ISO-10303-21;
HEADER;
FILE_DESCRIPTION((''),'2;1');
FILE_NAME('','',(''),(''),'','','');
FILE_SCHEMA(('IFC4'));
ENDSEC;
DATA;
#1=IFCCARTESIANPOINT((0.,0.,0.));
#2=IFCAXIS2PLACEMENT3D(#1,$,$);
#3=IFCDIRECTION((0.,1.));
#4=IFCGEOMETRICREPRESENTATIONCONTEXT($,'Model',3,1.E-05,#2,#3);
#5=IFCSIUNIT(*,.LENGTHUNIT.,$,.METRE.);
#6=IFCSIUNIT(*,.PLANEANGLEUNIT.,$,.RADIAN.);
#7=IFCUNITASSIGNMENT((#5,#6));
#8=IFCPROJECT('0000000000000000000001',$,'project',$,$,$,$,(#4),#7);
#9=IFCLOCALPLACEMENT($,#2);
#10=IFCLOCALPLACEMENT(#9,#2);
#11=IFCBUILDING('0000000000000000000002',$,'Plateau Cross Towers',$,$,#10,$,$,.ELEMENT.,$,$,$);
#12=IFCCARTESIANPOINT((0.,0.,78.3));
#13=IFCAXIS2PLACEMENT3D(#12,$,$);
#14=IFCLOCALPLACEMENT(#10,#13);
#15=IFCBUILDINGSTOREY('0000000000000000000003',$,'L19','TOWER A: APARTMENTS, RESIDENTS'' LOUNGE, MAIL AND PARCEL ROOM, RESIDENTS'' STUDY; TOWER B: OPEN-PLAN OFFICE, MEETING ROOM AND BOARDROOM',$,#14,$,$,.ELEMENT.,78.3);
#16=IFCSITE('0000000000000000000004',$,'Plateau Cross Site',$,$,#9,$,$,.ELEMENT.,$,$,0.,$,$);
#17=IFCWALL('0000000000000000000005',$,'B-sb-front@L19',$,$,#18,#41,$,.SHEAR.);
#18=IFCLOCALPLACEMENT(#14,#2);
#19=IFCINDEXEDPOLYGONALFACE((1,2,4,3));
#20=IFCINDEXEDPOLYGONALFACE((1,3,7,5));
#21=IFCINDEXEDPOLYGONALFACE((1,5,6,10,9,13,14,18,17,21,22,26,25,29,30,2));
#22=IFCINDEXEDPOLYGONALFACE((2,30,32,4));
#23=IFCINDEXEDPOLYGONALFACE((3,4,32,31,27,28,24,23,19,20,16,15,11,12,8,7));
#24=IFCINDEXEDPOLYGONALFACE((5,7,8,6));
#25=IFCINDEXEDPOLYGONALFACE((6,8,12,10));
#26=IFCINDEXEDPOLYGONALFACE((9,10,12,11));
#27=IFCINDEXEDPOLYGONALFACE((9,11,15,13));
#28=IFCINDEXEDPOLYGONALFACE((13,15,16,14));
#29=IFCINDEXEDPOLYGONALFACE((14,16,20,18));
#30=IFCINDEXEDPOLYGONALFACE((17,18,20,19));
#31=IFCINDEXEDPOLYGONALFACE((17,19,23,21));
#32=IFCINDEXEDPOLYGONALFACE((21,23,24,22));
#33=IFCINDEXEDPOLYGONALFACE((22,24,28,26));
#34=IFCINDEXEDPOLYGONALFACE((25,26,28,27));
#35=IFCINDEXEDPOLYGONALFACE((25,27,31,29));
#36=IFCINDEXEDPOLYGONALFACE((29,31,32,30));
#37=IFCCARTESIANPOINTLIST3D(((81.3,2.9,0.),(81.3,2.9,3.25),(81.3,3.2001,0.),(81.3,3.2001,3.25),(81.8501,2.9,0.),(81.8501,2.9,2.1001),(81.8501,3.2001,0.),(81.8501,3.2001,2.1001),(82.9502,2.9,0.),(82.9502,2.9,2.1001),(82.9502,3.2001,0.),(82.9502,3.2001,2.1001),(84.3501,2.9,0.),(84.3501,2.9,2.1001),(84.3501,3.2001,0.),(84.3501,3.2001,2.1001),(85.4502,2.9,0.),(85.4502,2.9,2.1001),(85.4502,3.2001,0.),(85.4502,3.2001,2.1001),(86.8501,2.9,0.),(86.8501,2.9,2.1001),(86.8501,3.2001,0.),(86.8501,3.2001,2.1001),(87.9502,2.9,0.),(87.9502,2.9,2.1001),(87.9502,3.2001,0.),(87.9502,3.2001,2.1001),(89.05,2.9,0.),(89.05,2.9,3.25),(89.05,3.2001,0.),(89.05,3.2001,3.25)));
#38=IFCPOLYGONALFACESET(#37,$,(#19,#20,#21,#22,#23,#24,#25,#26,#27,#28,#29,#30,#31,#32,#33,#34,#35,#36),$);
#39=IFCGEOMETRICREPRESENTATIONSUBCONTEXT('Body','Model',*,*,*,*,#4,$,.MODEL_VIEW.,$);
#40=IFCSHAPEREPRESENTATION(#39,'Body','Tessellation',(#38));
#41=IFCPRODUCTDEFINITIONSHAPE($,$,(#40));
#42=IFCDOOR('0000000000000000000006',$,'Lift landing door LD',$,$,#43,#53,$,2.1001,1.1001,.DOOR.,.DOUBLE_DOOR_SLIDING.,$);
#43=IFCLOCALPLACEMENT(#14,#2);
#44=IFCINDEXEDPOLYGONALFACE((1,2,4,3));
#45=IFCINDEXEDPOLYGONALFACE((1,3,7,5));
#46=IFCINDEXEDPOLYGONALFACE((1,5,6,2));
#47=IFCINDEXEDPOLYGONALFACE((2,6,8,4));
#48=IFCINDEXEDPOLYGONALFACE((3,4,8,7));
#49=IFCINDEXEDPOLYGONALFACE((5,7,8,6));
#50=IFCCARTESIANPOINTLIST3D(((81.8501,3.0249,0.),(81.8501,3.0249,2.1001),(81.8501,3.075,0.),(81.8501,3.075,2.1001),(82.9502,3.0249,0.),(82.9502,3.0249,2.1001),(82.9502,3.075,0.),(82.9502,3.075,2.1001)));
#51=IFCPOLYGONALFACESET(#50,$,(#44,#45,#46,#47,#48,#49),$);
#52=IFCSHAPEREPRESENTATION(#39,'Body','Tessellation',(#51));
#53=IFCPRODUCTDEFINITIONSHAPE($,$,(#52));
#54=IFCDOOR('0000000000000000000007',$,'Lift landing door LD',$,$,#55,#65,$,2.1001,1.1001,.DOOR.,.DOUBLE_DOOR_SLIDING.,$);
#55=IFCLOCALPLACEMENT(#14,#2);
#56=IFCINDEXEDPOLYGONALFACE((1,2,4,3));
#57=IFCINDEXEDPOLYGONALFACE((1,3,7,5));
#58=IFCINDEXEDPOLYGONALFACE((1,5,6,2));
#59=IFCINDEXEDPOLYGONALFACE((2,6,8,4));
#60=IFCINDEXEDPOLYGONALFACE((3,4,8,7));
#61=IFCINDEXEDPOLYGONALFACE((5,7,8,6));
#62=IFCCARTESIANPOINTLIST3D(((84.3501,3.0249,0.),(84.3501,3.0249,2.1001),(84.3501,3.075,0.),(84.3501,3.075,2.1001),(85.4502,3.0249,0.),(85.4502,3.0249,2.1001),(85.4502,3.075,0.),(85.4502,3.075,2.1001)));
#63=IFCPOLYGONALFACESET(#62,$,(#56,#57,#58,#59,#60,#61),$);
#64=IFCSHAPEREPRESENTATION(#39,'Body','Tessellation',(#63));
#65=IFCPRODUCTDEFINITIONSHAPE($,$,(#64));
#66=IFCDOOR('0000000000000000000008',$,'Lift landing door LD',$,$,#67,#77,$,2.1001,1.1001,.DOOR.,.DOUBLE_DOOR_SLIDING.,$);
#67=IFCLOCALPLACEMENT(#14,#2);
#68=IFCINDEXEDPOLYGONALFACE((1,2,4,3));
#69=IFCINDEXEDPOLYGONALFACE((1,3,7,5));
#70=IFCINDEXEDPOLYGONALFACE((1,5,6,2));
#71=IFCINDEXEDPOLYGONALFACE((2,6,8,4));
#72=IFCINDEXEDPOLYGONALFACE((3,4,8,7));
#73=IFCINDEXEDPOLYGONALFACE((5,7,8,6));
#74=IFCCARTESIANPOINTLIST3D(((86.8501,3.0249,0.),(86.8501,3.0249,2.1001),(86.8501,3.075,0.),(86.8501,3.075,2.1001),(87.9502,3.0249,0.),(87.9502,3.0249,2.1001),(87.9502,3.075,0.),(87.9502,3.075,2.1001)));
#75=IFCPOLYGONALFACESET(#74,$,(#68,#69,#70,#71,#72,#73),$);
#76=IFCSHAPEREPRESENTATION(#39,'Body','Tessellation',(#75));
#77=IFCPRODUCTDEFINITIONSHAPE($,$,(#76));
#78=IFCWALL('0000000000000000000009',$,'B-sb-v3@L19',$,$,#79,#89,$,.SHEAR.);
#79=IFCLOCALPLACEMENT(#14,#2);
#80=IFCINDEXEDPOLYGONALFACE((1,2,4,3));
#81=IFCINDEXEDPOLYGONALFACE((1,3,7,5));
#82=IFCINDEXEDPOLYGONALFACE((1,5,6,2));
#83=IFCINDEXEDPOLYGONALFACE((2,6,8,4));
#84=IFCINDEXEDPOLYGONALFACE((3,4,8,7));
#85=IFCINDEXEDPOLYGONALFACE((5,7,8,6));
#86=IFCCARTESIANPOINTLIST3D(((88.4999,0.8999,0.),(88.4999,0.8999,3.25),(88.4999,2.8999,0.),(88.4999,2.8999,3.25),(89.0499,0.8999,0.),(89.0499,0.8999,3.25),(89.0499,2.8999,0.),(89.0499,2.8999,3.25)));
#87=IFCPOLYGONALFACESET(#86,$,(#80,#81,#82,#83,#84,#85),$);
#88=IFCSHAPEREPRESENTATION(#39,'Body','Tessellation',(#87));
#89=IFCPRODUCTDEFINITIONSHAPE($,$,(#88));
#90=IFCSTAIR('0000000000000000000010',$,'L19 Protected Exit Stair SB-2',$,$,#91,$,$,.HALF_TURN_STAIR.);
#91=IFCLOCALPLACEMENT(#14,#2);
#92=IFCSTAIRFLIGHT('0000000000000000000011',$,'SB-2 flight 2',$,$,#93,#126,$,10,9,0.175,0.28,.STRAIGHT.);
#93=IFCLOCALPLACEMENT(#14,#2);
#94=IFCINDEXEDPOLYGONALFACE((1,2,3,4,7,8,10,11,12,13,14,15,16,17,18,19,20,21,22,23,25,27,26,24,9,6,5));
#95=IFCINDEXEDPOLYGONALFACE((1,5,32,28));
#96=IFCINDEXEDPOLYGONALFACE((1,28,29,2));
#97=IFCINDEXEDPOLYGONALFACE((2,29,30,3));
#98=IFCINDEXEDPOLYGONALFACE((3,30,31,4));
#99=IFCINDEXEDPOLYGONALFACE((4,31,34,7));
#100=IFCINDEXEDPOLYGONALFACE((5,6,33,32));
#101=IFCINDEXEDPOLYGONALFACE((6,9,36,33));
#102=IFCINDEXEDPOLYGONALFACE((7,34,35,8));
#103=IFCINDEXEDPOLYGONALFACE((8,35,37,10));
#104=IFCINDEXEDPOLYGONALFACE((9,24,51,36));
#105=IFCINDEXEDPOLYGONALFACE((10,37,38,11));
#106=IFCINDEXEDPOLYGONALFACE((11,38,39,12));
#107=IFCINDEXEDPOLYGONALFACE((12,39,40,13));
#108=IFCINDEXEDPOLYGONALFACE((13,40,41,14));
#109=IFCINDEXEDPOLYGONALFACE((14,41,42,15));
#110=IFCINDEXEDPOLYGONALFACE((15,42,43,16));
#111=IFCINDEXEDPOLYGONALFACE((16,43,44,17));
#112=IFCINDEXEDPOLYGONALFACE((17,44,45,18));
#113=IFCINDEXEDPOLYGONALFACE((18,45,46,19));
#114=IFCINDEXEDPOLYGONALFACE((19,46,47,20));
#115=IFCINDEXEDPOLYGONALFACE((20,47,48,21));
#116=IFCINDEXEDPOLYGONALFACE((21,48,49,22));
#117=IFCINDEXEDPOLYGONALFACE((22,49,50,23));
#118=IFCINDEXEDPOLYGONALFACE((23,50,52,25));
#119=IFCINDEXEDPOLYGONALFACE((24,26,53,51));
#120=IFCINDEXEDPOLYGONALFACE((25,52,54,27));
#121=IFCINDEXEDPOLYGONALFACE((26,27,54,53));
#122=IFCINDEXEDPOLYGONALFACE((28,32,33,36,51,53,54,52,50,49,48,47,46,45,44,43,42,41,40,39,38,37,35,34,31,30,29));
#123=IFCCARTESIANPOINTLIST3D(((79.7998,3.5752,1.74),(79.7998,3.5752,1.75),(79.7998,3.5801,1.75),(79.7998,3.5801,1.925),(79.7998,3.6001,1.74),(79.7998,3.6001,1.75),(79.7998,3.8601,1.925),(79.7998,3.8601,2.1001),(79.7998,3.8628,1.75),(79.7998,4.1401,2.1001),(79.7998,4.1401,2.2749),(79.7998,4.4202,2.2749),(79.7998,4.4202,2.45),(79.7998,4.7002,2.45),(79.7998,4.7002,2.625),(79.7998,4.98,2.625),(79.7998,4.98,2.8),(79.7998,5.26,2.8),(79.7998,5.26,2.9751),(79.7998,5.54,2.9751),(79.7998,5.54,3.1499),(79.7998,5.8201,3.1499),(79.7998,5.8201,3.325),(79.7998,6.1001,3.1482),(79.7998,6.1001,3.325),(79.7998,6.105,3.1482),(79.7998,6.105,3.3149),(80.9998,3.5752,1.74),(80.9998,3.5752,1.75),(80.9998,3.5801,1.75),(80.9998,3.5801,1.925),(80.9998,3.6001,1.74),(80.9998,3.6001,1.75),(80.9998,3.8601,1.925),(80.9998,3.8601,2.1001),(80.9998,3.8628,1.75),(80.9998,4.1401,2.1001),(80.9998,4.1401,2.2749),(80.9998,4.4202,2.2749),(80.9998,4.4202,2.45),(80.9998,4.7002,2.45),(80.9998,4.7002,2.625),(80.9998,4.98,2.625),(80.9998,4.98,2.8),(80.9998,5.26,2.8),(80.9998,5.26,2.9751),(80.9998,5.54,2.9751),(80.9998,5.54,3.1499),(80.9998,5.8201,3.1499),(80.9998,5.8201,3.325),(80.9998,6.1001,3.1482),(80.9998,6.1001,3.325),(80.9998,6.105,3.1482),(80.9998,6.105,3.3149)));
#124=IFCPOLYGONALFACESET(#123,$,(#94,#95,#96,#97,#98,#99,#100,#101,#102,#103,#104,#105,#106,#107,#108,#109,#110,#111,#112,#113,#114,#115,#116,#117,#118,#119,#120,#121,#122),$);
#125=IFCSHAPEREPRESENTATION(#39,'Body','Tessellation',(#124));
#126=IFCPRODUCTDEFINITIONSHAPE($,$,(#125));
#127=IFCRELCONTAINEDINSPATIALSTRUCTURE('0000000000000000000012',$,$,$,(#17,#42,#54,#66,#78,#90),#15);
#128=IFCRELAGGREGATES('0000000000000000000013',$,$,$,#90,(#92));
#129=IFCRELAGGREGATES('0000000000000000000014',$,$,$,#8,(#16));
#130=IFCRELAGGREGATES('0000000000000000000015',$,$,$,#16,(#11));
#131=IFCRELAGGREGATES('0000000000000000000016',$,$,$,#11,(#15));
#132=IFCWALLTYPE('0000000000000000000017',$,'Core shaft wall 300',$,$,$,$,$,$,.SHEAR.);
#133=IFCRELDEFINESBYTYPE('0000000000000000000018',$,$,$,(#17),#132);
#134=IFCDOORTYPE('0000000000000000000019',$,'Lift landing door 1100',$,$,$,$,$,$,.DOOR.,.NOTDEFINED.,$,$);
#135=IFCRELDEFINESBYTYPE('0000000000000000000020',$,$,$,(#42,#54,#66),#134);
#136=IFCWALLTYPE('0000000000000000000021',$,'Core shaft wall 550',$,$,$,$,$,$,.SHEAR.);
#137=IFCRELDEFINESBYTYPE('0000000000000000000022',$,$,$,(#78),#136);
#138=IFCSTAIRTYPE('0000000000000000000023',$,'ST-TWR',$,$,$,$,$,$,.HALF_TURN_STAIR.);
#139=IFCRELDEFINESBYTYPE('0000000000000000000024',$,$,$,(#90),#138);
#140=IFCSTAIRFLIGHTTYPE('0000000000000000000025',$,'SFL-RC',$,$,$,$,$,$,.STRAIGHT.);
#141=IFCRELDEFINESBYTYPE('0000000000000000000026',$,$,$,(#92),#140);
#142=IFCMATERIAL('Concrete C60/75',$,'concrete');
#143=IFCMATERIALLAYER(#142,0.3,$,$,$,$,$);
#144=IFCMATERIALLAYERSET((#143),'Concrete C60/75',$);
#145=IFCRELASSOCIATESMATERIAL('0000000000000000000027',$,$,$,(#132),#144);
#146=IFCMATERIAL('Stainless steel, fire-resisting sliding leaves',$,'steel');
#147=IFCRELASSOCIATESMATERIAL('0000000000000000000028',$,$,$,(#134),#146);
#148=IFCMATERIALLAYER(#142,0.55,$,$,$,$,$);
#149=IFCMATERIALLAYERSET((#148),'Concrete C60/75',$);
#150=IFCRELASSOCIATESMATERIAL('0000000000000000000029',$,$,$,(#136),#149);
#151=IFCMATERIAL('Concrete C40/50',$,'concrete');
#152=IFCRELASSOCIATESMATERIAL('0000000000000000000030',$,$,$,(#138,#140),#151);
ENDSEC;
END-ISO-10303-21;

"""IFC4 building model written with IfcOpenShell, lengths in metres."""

from ifc_helpers import new_model, si_unit, direction, frame, frame_2d, origin, place, context, subcontext, project, spatial, polyline, rectangle, outline, extrude, material, layer, layer_set, type_object, element, fill, aggregate, save


model = new_model("IFC4")

# Units and contexts
model_context = context("Model", 3, precision=1e-05, world=origin(), true_north=direction((0.0, 1.0)))
body_context = subcontext(model_context, "Body", "Model", "MODEL_VIEW")
ifc_project = project(units=[si_unit("LENGTHUNIT", "METRE"), si_unit("PLANEANGLEUNIT", "RADIAN")], contexts=[model_context])

# Site, building, storey
site_placement = place(None, origin())
site = spatial("IfcSite", under=ifc_project, at=site_placement, Name="Plateau Cross Site", CompositionType="ELEMENT", RefElevation=0.0)
building_placement = place(site_placement, origin())
building = spatial("IfcBuilding", under=site, at=building_placement, Name="Plateau Cross Towers", CompositionType="ELEMENT")
storey_placement = place(building_placement, frame((0.0, 0.0, 78.3)))
storey = spatial("IfcBuildingStorey", under=building, at=storey_placement, Name="L19", Description="TOWER A: APARTMENTS, RESIDENTS' LOUNGE, MAIL AND PARCEL ROOM, RESIDENTS' STUDY; TOWER B: OPEN-PLAN OFFICE, MEETING ROOM AND BOARDROOM", CompositionType="ELEMENT", Elevation=78.3)

# Shared definitions
ifc_material_1 = material(Name="Concrete C60/75", Category="concrete")

# Shared definitions
ifc_layer_1 = layer(ifc_material_1, 0.3)
ifc_layer_set_1 = layer_set([ifc_layer_1], Name="Concrete C60/75")
wall_type_1 = type_object("IfcWallType", Name="Core shaft wall 300", PredefinedType="SHEAR", material=ifc_layer_set_1)

# Wall, openings, doors
wall_1_placement = place(storey_placement, frame((81.3, 3.05, 0.0), z_axis=(0.0, 0.0, 1.0), x_axis=(1.0, 0.0, 0.0)))
wall_1 = element("IfcWall", 1, at=wall_1_placement, inside=storey, type_object=wall_type_1, Name="B-sb-front@L19", PredefinedType="SHEAR", context=body_context, shape_type="SweptSolid", body=[
    extrude(rectangle(XDim=7.75, YDim=0.3, at=frame_2d((3.875, 0.0))), origin(), (0.0, 0.0, 1.0), 3.25),
])
opening_1_placement = place(wall_1_placement, frame((0.55, 0.0, 0.0)))
opening_1 = element("IfcOpeningElement", 2, at=opening_1_placement, cuts=wall_1, PredefinedType="OPENING", context=body_context, shape_type="SweptSolid", body=[
    extrude(rectangle(XDim=1.1001, YDim=2.1001, at=frame_2d((0.55, 1.05))), frame((0.0, 0.1599, 0.0), z_axis=(0.0, -1.0, 0.0), x_axis=(1.0, 0.0, 0.0)), (0.0, 0.0, 1.0), 0.3201),
])
opening_2_placement = place(wall_1_placement, frame((3.05, 0.0, 0.0)))
opening_2 = element("IfcOpeningElement", 3, at=opening_2_placement, cuts=wall_1, PredefinedType="OPENING", context=body_context, shape_type="SweptSolid", body=[
    extrude(rectangle(XDim=1.1001, YDim=2.1001, at=frame_2d((0.55, 1.05))), frame((0.0, 0.1599, 0.0), z_axis=(0.0, -1.0, 0.0), x_axis=(1.0, 0.0, 0.0)), (0.0, 0.0, 1.0), 0.3201),
])
opening_3_placement = place(wall_1_placement, frame((5.55, 0.0, 0.0)))
opening_3 = element("IfcOpeningElement", 4, at=opening_3_placement, cuts=wall_1, PredefinedType="OPENING", context=body_context, shape_type="SweptSolid", body=[
    extrude(rectangle(XDim=1.1001, YDim=2.1001, at=frame_2d((0.55, 1.05))), frame((0.0, 0.1599, 0.0), z_axis=(0.0, -1.0, 0.0), x_axis=(1.0, 0.0, 0.0)), (0.0, 0.0, 1.0), 0.3201),
])
ifc_material_2 = material(Name="Stainless steel, fire-resisting sliding leaves", Category="steel")
door_type = type_object("IfcDoorType", Name="Lift landing door 1100", OperationType="NOTDEFINED", PredefinedType="DOOR", material=ifc_material_2)
door_1_placement = place(opening_1_placement, origin())
door_1 = element("IfcDoor", 5, at=door_1_placement, inside=storey, type_object=door_type, Name="Lift landing door LD", OperationType="DOUBLE_DOOR_SLIDING", OverallHeight=2.1001, OverallWidth=1.1001, PredefinedType="DOOR", context=body_context, shape_type="SweptSolid", body=[
    extrude(rectangle(XDim=1.1001, YDim=2.1001, at=frame_2d((0.55, 1.05))), frame((0.0, 0.0249, 0.0), z_axis=(0.0, -1.0, 0.0), x_axis=(1.0, 0.0, 0.0)), (0.0, 0.0, 1.0), 0.05),
])
fill(opening_1, door_1)
door_2_placement = place(opening_2_placement, origin())
door_2 = element("IfcDoor", 6, at=door_2_placement, inside=storey, type_object=door_type, Name="Lift landing door LD", OperationType="DOUBLE_DOOR_SLIDING", OverallHeight=2.1001, OverallWidth=1.1001, PredefinedType="DOOR", context=body_context, shape_type="SweptSolid", body=[
    extrude(rectangle(XDim=1.1001, YDim=2.1001, at=frame_2d((0.55, 1.05))), frame((0.0, 0.0249, 0.0), z_axis=(0.0, -1.0, 0.0), x_axis=(1.0, 0.0, 0.0)), (0.0, 0.0, 1.0), 0.05),
])
fill(opening_2, door_2)
door_3_placement = place(opening_3_placement, origin())
door_3 = element("IfcDoor", 7, at=door_3_placement, inside=storey, type_object=door_type, Name="Lift landing door LD", OperationType="DOUBLE_DOOR_SLIDING", OverallHeight=2.1001, OverallWidth=1.1001, PredefinedType="DOOR", context=body_context, shape_type="SweptSolid", body=[
    extrude(rectangle(XDim=1.1001, YDim=2.1001, at=frame_2d((0.55, 1.05))), frame((0.0, 0.0249, 0.0), z_axis=(0.0, -1.0, 0.0), x_axis=(1.0, 0.0, 0.0)), (0.0, 0.0, 1.0), 0.05),
])
fill(opening_3, door_3)

# Wall
ifc_layer_2 = layer(ifc_material_1, 0.55)
ifc_layer_set_2 = layer_set([ifc_layer_2], Name="Concrete C60/75")
wall_type_2 = type_object("IfcWallType", Name="Core shaft wall 550", PredefinedType="SHEAR", material=ifc_layer_set_2)
wall_2_placement = place(storey_placement, frame((88.7749, 0.8999, 0.0), z_axis=(0.0, 0.0, 1.0), x_axis=(0.0, 1.0, 0.0)))
element("IfcWall", 8, at=wall_2_placement, inside=storey, type_object=wall_type_2, Name="B-sb-v3@L19", PredefinedType="SHEAR", context=body_context, shape_type="SweptSolid", body=[
    extrude(rectangle(XDim=2.0, YDim=0.55, at=frame_2d((1.0, 0.0))), origin(), (0.0, 0.0, 1.0), 3.25),
])

# Stair, stair flight
ifc_material_3 = material(Name="Concrete C40/50", Category="concrete")
stair_type = type_object("IfcStairType", Name="ST-TWR", PredefinedType="HALF_TURN_STAIR", material=ifc_material_3)
stair_placement = place(storey_placement, origin())
stair = element("IfcStair", 9, at=stair_placement, inside=storey, type_object=stair_type, Name="L19 Protected Exit Stair SB-2", PredefinedType="HALF_TURN_STAIR")
stair_flight_type = type_object("IfcStairFlightType", Name="SFL-RC", PredefinedType="STRAIGHT", material=ifc_material_3)
stair_flight_placement = place(storey_placement, frame((80.3999, 3.5801, 1.75), z_axis=(0.0, 0.0, 1.0), x_axis=(0.0, 1.0, 0.0)))
stair_flight = element("IfcStairFlight", 10, at=stair_flight_placement, type_object=stair_flight_type, Name="SB-2 flight 2", NumberOfRisers=10, NumberOfTreads=9, PredefinedType="STRAIGHT", RiserHeight=0.175, TreadLength=0.28, context=body_context, shape_type="SweptSolid", body=[
    extrude(outline(polyline([(-0.0049, -0.01), (-0.0049, 0.0), (0.0, 0.0), (0.0, 0.175), (0.28, 0.175), (0.28, 0.3501), (0.5601, 0.3501), (0.5601, 0.5249), (0.8401, 0.5249), (0.8401, 0.7), (1.1201, 0.7), (1.1201, 0.875), (1.3999, 0.875), (1.3999, 1.05), (1.6799, 1.05), (1.6799, 1.2251), (1.96, 1.2251), (1.96, 1.3999), (2.24, 1.3999), (2.24, 1.575), (2.52, 1.575), (2.5249, 1.5649), (2.5249, 1.3982), (2.52, 1.3982), (0.2827, 0.0), (0.02, 0.0), (0.02, -0.01), (-0.0049, -0.01)])), frame((0.0, 0.6001, 0.0), z_axis=(0.0, -1.0, 0.0), x_axis=(1.0, 0.0, 0.0)), (0.0, 0.0, 1.0), 1.2),
])
aggregate(stair, [stair_flight])

save(model, "model.ifc")
